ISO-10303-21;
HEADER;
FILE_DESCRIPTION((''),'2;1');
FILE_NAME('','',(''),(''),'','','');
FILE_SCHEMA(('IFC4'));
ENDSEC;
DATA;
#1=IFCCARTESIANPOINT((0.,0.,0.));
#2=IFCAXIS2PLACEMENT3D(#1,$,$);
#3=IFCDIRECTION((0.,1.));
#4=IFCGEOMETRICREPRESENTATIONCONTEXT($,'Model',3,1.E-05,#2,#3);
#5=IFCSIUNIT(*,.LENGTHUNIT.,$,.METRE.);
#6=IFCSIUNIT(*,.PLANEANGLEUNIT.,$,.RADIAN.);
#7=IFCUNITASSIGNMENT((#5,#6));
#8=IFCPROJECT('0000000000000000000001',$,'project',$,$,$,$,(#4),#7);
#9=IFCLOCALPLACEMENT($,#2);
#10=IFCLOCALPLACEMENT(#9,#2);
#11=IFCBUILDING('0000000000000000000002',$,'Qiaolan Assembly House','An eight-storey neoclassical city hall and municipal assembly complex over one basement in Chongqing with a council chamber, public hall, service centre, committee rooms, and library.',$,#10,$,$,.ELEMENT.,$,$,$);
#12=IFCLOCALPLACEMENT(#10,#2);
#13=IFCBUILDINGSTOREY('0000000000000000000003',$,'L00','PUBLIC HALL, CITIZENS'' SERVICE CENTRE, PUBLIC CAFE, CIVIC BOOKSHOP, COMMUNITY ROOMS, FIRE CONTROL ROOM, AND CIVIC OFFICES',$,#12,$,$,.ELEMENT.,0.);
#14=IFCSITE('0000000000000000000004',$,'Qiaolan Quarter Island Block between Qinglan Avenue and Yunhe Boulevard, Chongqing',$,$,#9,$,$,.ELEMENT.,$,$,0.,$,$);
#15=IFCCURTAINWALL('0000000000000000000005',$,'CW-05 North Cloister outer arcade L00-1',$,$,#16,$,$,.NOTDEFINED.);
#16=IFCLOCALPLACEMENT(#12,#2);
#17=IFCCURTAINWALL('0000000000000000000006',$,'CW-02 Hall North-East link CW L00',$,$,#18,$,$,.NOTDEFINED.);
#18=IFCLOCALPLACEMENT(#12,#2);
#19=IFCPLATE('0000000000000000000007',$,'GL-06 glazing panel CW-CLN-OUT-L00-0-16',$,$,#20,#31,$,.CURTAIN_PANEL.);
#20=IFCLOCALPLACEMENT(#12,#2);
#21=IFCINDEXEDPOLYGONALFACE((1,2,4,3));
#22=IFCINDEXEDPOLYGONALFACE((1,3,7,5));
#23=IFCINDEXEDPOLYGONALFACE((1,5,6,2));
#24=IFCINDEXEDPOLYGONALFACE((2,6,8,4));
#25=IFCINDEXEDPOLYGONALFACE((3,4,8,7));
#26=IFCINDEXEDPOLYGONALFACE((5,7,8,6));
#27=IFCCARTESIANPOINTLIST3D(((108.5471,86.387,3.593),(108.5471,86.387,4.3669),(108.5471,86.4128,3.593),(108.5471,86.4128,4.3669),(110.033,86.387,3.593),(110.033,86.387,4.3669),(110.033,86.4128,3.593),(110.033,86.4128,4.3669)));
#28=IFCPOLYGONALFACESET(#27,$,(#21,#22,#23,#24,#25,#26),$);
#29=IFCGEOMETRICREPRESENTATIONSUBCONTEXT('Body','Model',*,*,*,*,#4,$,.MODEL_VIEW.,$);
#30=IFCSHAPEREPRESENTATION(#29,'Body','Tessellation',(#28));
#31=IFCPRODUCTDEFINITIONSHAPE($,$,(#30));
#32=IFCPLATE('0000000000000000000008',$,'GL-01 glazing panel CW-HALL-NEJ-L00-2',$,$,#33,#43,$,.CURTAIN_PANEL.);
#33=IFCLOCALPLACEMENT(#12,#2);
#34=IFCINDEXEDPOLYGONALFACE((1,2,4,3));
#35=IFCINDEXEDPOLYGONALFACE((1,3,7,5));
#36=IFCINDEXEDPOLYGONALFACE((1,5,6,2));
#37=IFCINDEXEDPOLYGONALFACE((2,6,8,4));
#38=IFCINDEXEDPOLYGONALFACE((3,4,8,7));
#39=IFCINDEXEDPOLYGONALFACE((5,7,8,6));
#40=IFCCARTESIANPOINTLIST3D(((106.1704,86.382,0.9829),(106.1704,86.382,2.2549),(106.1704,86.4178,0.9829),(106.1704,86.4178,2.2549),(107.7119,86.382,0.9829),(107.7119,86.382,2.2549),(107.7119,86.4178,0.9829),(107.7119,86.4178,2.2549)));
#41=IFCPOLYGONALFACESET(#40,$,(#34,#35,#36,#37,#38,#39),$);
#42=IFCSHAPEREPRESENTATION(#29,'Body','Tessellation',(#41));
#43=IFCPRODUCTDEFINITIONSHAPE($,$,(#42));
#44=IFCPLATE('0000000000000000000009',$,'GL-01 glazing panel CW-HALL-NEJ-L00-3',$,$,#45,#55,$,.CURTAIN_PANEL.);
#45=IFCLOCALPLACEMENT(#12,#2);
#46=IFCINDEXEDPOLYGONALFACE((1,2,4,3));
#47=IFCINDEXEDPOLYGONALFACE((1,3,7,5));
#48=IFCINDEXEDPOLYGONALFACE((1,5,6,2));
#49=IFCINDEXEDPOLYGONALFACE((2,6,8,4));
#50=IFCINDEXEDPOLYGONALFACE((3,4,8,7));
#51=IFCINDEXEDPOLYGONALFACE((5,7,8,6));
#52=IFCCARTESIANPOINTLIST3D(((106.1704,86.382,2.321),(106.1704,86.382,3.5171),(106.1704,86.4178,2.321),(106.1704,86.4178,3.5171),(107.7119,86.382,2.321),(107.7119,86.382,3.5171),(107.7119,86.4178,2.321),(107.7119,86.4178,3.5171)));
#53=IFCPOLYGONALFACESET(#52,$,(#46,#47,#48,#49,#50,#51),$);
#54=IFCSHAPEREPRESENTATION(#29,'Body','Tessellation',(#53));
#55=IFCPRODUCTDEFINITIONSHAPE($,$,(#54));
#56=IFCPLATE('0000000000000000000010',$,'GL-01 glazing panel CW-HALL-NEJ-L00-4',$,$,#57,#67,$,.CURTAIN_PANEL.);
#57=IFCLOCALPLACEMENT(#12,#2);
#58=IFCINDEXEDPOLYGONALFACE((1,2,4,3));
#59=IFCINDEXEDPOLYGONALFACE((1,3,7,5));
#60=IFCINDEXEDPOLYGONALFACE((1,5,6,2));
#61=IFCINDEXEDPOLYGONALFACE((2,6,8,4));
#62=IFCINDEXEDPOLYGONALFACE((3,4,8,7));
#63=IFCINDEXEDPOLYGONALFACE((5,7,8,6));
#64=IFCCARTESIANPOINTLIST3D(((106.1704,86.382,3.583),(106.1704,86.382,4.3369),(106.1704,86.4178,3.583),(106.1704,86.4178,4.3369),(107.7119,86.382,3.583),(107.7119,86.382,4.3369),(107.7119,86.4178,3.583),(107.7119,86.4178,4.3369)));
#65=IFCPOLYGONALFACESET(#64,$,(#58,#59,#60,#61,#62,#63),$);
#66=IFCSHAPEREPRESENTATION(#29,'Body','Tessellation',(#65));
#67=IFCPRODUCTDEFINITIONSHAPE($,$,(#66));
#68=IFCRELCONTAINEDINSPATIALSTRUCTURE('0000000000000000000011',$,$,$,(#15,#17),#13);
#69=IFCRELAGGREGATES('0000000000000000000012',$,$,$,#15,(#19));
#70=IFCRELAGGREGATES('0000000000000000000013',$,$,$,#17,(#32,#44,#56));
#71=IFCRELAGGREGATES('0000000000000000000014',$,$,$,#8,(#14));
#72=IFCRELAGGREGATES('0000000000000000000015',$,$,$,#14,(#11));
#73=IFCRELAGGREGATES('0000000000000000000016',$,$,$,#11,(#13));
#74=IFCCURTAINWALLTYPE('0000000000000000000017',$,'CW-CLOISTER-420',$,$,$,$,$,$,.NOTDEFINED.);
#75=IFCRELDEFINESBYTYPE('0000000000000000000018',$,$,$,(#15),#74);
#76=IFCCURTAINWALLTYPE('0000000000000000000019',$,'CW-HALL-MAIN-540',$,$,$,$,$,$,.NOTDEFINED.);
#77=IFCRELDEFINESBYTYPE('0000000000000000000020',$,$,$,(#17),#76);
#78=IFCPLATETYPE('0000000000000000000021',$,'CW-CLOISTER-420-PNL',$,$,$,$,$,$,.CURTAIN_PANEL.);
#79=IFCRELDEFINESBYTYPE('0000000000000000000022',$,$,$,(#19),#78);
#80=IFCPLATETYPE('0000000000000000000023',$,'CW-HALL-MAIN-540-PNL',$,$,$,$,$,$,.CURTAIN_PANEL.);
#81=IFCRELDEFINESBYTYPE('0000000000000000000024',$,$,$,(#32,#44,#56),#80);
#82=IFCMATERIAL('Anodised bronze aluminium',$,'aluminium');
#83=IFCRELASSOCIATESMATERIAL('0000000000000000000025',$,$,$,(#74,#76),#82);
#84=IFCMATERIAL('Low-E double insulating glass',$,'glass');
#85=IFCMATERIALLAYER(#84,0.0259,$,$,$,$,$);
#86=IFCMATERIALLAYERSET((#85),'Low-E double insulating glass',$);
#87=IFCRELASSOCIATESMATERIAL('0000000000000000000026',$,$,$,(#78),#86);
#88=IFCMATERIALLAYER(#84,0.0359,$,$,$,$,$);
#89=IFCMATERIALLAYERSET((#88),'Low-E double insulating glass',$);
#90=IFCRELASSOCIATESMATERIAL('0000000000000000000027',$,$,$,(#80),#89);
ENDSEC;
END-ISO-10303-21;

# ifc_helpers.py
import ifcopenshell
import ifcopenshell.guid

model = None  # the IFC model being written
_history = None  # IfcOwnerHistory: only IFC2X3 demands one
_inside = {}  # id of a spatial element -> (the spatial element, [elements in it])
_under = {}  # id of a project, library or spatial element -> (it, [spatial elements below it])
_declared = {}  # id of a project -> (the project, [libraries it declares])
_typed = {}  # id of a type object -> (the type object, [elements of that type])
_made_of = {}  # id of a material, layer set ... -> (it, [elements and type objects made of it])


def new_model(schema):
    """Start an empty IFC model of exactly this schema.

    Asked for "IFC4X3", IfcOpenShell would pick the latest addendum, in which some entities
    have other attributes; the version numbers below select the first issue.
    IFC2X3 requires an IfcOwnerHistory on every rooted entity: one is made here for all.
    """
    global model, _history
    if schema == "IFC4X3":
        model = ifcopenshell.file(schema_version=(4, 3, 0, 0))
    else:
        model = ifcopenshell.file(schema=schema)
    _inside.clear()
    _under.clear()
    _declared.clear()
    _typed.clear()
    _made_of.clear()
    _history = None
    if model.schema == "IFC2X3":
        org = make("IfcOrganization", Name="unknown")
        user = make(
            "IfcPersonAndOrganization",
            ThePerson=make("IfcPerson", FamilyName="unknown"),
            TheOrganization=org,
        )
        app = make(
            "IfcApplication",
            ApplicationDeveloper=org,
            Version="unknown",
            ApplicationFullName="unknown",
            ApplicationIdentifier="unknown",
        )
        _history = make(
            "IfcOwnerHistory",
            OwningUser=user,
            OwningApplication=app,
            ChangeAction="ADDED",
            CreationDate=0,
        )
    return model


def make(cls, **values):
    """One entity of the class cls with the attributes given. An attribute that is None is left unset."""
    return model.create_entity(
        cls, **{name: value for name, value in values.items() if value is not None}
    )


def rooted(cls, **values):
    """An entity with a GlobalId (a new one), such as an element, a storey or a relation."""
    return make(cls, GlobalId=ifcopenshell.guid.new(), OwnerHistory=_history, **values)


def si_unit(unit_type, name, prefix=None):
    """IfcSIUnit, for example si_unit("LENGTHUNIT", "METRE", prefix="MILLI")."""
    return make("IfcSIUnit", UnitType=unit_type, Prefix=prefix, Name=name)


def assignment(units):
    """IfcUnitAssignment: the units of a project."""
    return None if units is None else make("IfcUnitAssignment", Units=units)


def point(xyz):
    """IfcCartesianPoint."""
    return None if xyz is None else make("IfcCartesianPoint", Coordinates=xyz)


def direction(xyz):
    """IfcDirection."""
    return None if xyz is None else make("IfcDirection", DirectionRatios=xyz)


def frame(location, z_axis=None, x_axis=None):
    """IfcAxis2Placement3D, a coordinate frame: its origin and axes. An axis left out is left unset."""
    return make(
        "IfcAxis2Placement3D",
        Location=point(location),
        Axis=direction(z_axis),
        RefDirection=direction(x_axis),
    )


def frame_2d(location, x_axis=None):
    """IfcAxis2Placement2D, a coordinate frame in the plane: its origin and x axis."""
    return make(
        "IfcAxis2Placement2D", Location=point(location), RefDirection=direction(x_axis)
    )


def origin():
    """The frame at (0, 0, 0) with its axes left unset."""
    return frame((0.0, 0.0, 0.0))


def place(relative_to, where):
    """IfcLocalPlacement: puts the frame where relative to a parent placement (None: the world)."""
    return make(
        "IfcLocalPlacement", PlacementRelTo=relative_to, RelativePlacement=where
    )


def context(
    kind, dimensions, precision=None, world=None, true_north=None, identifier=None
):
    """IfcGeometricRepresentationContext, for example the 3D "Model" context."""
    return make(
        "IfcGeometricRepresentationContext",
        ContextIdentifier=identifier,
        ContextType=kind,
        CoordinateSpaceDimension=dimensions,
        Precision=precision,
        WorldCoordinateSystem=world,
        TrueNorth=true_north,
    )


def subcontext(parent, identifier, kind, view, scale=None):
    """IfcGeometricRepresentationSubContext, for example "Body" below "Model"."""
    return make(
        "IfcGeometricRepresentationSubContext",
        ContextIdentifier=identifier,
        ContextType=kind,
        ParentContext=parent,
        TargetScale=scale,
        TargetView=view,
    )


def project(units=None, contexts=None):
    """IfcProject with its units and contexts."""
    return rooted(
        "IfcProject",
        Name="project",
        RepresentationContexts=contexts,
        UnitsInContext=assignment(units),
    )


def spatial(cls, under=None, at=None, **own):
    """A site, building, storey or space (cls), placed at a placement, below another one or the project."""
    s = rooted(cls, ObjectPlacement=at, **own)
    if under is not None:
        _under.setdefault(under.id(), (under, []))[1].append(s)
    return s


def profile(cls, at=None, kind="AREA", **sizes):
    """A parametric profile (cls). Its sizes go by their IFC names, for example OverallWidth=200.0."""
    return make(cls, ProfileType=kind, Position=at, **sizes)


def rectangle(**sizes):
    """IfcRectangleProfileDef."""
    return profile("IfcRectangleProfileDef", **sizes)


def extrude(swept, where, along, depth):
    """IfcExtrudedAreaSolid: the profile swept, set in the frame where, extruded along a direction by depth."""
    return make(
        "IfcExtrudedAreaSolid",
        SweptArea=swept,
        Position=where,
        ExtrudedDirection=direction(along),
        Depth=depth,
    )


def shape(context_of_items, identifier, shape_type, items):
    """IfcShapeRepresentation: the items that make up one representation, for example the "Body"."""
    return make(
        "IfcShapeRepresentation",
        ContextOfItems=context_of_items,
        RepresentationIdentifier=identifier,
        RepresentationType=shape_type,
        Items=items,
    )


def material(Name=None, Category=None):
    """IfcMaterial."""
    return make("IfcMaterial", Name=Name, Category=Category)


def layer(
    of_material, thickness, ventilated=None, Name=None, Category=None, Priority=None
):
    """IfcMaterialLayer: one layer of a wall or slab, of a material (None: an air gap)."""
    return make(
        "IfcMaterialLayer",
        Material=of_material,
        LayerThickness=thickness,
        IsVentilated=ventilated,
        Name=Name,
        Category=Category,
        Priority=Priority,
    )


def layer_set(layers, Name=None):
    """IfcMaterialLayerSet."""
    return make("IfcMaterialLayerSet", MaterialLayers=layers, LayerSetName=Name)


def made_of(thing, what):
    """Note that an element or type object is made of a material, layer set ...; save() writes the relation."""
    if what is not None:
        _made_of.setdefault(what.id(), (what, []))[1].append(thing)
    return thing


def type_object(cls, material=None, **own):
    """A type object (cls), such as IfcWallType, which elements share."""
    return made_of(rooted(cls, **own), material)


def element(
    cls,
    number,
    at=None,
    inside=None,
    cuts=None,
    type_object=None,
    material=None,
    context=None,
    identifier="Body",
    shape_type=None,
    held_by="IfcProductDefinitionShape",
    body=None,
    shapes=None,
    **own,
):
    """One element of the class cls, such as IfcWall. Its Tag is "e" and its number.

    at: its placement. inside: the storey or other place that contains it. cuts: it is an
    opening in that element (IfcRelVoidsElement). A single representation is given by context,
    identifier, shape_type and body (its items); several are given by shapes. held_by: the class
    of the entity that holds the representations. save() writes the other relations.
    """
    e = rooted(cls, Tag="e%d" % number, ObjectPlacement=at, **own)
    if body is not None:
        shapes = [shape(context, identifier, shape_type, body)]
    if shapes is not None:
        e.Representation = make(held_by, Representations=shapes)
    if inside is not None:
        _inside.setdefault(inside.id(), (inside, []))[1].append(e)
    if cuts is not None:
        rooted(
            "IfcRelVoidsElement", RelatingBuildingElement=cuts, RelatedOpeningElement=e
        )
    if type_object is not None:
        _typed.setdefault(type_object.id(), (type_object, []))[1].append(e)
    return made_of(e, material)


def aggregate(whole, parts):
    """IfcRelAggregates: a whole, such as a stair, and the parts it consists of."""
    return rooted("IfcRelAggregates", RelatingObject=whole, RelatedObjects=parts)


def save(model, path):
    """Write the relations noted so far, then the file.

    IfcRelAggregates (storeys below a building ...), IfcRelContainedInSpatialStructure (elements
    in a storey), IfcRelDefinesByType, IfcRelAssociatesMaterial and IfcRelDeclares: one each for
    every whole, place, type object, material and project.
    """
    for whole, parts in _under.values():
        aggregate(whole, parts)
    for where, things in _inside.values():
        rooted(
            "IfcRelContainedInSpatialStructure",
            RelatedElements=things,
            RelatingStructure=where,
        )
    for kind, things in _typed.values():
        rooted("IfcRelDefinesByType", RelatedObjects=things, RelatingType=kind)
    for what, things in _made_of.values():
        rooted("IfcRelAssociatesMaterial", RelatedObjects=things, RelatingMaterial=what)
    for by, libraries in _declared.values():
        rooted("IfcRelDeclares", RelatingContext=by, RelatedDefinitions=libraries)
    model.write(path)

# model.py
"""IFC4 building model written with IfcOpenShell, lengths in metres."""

from ifc_helpers import new_model, si_unit, direction, frame, frame_2d, origin, place, context, subcontext, project, spatial, rectangle, extrude, material, layer, layer_set, type_object, element, aggregate, save


model = new_model("IFC4")

# Units and contexts
model_context = context("Model", 3, precision=1e-05, world=origin(), true_north=direction((0.0, 1.0)))
body_context = subcontext(model_context, "Body", "Model", "MODEL_VIEW")
ifc_project = project(units=[si_unit("LENGTHUNIT", "METRE"), si_unit("PLANEANGLEUNIT", "RADIAN")], contexts=[model_context])

# Site, building, storey
site_placement = place(None, origin())
site = spatial("IfcSite", under=ifc_project, at=site_placement, Name="Qiaolan Quarter Island Block between Qinglan Avenue and Yunhe Boulevard, Chongqing", CompositionType="ELEMENT", RefElevation=0.0)
building_placement = place(site_placement, origin())
building = spatial("IfcBuilding", under=site, at=building_placement, Name="Qiaolan Assembly House", Description="An eight-storey neoclassical city hall and municipal assembly complex over one basement in Chongqing with a council chamber, public hall, service centre, committee rooms, and library.", CompositionType="ELEMENT")
storey_placement = place(building_placement, origin())
storey = spatial("IfcBuildingStorey", under=building, at=storey_placement, Name="L00", Description="PUBLIC HALL, CITIZENS' SERVICE CENTRE, PUBLIC CAFE, CIVIC BOOKSHOP, COMMUNITY ROOMS, FIRE CONTROL ROOM, AND CIVIC OFFICES", CompositionType="ELEMENT", Elevation=0.0)

# Curtain wall
ifc_material_1 = material(Name="Anodised bronze aluminium", Category="aluminium")
curtain_wall_type_1 = type_object("IfcCurtainWallType", Name="CW-CLOISTER-420", PredefinedType="NOTDEFINED", material=ifc_material_1)
curtain_wall_1_placement = place(storey_placement, origin())
curtain_wall_1 = element("IfcCurtainWall", 1, at=curtain_wall_1_placement, inside=storey, type_object=curtain_wall_type_1, Name="CW-05 North Cloister outer arcade L00-1", PredefinedType="NOTDEFINED")

# Curtain wall
curtain_wall_type_2 = type_object("IfcCurtainWallType", Name="CW-HALL-MAIN-540", PredefinedType="NOTDEFINED", material=ifc_material_1)
curtain_wall_2_placement = place(storey_placement, origin())
curtain_wall_2 = element("IfcCurtainWall", 2, at=curtain_wall_2_placement, inside=storey, type_object=curtain_wall_type_2, Name="CW-02 Hall North-East link CW L00", PredefinedType="NOTDEFINED")

# Plates
ifc_material_2 = material(Name="Low-E double insulating glass", Category="glass")
ifc_layer_1 = layer(ifc_material_2, 0.0259)
ifc_layer_set_1 = layer_set([ifc_layer_1], Name="Low-E double insulating glass")
plate_type_1 = type_object("IfcPlateType", Name="CW-CLOISTER-420-PNL", PredefinedType="CURTAIN_PANEL", material=ifc_layer_set_1)
plate_1_placement = place(storey_placement, frame((110.033, 86.3999, 3.593), z_axis=(0.0, 0.0, 1.0), x_axis=(-1.0, 0.0, 0.0)))
plate_1 = element("IfcPlate", 3, at=plate_1_placement, type_object=plate_type_1, Name="GL-06 glazing panel CW-CLN-OUT-L00-0-16", PredefinedType="CURTAIN_PANEL", context=body_context, shape_type="SweptSolid", body=[
    extrude(rectangle(XDim=1.4858, YDim=0.0259, at=frame_2d((0.7429, 0.0))), origin(), (0.0, 0.0, 1.0), 0.7739),
])
aggregate(curtain_wall_1, [plate_1])
ifc_layer_2 = layer(ifc_material_2, 0.0359)
ifc_layer_set_2 = layer_set([ifc_layer_2], Name="Low-E double insulating glass")
plate_type_2 = type_object("IfcPlateType", Name="CW-HALL-MAIN-540-PNL", PredefinedType="CURTAIN_PANEL", material=ifc_layer_set_2)
plate_2_placement = place(storey_placement, frame((107.7119, 86.3999, 0.9829), z_axis=(0.0, 0.0, 1.0), x_axis=(-1.0, 0.0, 0.0)))
plate_2 = element("IfcPlate", 4, at=plate_2_placement, type_object=plate_type_2, Name="GL-01 glazing panel CW-HALL-NEJ-L00-2", PredefinedType="CURTAIN_PANEL", context=body_context, shape_type="SweptSolid", body=[
    extrude(rectangle(XDim=1.5415, YDim=0.0359, at=frame_2d((0.7708, 0.0))), origin(), (0.0, 0.0, 1.0), 1.272),
])
plate_3_placement = place(storey_placement, frame((107.7119, 86.3999, 2.321), z_axis=(0.0, 0.0, 1.0), x_axis=(-1.0, 0.0, 0.0)))
plate_3 = element("IfcPlate", 5, at=plate_3_placement, type_object=plate_type_2, Name="GL-01 glazing panel CW-HALL-NEJ-L00-3", PredefinedType="CURTAIN_PANEL", context=body_context, shape_type="SweptSolid", body=[
    extrude(rectangle(XDim=1.5415, YDim=0.0359, at=frame_2d((0.7708, 0.0))), origin(), (0.0, 0.0, 1.0), 1.196),
])
plate_4_placement = place(storey_placement, frame((107.7119, 86.3999, 3.583), z_axis=(0.0, 0.0, 1.0), x_axis=(-1.0, 0.0, 0.0)))
plate_4 = element("IfcPlate", 6, at=plate_4_placement, type_object=plate_type_2, Name="GL-01 glazing panel CW-HALL-NEJ-L00-4", PredefinedType="CURTAIN_PANEL", context=body_context, shape_type="SweptSolid", body=[
    extrude(rectangle(XDim=1.5415, YDim=0.0359, at=frame_2d((0.7708, 0.0))), origin(), (0.0, 0.0, 1.0), 0.7539),
])
aggregate(curtain_wall_2, [plate_2, plate_3, plate_4])

save(model, "model.ifc")
